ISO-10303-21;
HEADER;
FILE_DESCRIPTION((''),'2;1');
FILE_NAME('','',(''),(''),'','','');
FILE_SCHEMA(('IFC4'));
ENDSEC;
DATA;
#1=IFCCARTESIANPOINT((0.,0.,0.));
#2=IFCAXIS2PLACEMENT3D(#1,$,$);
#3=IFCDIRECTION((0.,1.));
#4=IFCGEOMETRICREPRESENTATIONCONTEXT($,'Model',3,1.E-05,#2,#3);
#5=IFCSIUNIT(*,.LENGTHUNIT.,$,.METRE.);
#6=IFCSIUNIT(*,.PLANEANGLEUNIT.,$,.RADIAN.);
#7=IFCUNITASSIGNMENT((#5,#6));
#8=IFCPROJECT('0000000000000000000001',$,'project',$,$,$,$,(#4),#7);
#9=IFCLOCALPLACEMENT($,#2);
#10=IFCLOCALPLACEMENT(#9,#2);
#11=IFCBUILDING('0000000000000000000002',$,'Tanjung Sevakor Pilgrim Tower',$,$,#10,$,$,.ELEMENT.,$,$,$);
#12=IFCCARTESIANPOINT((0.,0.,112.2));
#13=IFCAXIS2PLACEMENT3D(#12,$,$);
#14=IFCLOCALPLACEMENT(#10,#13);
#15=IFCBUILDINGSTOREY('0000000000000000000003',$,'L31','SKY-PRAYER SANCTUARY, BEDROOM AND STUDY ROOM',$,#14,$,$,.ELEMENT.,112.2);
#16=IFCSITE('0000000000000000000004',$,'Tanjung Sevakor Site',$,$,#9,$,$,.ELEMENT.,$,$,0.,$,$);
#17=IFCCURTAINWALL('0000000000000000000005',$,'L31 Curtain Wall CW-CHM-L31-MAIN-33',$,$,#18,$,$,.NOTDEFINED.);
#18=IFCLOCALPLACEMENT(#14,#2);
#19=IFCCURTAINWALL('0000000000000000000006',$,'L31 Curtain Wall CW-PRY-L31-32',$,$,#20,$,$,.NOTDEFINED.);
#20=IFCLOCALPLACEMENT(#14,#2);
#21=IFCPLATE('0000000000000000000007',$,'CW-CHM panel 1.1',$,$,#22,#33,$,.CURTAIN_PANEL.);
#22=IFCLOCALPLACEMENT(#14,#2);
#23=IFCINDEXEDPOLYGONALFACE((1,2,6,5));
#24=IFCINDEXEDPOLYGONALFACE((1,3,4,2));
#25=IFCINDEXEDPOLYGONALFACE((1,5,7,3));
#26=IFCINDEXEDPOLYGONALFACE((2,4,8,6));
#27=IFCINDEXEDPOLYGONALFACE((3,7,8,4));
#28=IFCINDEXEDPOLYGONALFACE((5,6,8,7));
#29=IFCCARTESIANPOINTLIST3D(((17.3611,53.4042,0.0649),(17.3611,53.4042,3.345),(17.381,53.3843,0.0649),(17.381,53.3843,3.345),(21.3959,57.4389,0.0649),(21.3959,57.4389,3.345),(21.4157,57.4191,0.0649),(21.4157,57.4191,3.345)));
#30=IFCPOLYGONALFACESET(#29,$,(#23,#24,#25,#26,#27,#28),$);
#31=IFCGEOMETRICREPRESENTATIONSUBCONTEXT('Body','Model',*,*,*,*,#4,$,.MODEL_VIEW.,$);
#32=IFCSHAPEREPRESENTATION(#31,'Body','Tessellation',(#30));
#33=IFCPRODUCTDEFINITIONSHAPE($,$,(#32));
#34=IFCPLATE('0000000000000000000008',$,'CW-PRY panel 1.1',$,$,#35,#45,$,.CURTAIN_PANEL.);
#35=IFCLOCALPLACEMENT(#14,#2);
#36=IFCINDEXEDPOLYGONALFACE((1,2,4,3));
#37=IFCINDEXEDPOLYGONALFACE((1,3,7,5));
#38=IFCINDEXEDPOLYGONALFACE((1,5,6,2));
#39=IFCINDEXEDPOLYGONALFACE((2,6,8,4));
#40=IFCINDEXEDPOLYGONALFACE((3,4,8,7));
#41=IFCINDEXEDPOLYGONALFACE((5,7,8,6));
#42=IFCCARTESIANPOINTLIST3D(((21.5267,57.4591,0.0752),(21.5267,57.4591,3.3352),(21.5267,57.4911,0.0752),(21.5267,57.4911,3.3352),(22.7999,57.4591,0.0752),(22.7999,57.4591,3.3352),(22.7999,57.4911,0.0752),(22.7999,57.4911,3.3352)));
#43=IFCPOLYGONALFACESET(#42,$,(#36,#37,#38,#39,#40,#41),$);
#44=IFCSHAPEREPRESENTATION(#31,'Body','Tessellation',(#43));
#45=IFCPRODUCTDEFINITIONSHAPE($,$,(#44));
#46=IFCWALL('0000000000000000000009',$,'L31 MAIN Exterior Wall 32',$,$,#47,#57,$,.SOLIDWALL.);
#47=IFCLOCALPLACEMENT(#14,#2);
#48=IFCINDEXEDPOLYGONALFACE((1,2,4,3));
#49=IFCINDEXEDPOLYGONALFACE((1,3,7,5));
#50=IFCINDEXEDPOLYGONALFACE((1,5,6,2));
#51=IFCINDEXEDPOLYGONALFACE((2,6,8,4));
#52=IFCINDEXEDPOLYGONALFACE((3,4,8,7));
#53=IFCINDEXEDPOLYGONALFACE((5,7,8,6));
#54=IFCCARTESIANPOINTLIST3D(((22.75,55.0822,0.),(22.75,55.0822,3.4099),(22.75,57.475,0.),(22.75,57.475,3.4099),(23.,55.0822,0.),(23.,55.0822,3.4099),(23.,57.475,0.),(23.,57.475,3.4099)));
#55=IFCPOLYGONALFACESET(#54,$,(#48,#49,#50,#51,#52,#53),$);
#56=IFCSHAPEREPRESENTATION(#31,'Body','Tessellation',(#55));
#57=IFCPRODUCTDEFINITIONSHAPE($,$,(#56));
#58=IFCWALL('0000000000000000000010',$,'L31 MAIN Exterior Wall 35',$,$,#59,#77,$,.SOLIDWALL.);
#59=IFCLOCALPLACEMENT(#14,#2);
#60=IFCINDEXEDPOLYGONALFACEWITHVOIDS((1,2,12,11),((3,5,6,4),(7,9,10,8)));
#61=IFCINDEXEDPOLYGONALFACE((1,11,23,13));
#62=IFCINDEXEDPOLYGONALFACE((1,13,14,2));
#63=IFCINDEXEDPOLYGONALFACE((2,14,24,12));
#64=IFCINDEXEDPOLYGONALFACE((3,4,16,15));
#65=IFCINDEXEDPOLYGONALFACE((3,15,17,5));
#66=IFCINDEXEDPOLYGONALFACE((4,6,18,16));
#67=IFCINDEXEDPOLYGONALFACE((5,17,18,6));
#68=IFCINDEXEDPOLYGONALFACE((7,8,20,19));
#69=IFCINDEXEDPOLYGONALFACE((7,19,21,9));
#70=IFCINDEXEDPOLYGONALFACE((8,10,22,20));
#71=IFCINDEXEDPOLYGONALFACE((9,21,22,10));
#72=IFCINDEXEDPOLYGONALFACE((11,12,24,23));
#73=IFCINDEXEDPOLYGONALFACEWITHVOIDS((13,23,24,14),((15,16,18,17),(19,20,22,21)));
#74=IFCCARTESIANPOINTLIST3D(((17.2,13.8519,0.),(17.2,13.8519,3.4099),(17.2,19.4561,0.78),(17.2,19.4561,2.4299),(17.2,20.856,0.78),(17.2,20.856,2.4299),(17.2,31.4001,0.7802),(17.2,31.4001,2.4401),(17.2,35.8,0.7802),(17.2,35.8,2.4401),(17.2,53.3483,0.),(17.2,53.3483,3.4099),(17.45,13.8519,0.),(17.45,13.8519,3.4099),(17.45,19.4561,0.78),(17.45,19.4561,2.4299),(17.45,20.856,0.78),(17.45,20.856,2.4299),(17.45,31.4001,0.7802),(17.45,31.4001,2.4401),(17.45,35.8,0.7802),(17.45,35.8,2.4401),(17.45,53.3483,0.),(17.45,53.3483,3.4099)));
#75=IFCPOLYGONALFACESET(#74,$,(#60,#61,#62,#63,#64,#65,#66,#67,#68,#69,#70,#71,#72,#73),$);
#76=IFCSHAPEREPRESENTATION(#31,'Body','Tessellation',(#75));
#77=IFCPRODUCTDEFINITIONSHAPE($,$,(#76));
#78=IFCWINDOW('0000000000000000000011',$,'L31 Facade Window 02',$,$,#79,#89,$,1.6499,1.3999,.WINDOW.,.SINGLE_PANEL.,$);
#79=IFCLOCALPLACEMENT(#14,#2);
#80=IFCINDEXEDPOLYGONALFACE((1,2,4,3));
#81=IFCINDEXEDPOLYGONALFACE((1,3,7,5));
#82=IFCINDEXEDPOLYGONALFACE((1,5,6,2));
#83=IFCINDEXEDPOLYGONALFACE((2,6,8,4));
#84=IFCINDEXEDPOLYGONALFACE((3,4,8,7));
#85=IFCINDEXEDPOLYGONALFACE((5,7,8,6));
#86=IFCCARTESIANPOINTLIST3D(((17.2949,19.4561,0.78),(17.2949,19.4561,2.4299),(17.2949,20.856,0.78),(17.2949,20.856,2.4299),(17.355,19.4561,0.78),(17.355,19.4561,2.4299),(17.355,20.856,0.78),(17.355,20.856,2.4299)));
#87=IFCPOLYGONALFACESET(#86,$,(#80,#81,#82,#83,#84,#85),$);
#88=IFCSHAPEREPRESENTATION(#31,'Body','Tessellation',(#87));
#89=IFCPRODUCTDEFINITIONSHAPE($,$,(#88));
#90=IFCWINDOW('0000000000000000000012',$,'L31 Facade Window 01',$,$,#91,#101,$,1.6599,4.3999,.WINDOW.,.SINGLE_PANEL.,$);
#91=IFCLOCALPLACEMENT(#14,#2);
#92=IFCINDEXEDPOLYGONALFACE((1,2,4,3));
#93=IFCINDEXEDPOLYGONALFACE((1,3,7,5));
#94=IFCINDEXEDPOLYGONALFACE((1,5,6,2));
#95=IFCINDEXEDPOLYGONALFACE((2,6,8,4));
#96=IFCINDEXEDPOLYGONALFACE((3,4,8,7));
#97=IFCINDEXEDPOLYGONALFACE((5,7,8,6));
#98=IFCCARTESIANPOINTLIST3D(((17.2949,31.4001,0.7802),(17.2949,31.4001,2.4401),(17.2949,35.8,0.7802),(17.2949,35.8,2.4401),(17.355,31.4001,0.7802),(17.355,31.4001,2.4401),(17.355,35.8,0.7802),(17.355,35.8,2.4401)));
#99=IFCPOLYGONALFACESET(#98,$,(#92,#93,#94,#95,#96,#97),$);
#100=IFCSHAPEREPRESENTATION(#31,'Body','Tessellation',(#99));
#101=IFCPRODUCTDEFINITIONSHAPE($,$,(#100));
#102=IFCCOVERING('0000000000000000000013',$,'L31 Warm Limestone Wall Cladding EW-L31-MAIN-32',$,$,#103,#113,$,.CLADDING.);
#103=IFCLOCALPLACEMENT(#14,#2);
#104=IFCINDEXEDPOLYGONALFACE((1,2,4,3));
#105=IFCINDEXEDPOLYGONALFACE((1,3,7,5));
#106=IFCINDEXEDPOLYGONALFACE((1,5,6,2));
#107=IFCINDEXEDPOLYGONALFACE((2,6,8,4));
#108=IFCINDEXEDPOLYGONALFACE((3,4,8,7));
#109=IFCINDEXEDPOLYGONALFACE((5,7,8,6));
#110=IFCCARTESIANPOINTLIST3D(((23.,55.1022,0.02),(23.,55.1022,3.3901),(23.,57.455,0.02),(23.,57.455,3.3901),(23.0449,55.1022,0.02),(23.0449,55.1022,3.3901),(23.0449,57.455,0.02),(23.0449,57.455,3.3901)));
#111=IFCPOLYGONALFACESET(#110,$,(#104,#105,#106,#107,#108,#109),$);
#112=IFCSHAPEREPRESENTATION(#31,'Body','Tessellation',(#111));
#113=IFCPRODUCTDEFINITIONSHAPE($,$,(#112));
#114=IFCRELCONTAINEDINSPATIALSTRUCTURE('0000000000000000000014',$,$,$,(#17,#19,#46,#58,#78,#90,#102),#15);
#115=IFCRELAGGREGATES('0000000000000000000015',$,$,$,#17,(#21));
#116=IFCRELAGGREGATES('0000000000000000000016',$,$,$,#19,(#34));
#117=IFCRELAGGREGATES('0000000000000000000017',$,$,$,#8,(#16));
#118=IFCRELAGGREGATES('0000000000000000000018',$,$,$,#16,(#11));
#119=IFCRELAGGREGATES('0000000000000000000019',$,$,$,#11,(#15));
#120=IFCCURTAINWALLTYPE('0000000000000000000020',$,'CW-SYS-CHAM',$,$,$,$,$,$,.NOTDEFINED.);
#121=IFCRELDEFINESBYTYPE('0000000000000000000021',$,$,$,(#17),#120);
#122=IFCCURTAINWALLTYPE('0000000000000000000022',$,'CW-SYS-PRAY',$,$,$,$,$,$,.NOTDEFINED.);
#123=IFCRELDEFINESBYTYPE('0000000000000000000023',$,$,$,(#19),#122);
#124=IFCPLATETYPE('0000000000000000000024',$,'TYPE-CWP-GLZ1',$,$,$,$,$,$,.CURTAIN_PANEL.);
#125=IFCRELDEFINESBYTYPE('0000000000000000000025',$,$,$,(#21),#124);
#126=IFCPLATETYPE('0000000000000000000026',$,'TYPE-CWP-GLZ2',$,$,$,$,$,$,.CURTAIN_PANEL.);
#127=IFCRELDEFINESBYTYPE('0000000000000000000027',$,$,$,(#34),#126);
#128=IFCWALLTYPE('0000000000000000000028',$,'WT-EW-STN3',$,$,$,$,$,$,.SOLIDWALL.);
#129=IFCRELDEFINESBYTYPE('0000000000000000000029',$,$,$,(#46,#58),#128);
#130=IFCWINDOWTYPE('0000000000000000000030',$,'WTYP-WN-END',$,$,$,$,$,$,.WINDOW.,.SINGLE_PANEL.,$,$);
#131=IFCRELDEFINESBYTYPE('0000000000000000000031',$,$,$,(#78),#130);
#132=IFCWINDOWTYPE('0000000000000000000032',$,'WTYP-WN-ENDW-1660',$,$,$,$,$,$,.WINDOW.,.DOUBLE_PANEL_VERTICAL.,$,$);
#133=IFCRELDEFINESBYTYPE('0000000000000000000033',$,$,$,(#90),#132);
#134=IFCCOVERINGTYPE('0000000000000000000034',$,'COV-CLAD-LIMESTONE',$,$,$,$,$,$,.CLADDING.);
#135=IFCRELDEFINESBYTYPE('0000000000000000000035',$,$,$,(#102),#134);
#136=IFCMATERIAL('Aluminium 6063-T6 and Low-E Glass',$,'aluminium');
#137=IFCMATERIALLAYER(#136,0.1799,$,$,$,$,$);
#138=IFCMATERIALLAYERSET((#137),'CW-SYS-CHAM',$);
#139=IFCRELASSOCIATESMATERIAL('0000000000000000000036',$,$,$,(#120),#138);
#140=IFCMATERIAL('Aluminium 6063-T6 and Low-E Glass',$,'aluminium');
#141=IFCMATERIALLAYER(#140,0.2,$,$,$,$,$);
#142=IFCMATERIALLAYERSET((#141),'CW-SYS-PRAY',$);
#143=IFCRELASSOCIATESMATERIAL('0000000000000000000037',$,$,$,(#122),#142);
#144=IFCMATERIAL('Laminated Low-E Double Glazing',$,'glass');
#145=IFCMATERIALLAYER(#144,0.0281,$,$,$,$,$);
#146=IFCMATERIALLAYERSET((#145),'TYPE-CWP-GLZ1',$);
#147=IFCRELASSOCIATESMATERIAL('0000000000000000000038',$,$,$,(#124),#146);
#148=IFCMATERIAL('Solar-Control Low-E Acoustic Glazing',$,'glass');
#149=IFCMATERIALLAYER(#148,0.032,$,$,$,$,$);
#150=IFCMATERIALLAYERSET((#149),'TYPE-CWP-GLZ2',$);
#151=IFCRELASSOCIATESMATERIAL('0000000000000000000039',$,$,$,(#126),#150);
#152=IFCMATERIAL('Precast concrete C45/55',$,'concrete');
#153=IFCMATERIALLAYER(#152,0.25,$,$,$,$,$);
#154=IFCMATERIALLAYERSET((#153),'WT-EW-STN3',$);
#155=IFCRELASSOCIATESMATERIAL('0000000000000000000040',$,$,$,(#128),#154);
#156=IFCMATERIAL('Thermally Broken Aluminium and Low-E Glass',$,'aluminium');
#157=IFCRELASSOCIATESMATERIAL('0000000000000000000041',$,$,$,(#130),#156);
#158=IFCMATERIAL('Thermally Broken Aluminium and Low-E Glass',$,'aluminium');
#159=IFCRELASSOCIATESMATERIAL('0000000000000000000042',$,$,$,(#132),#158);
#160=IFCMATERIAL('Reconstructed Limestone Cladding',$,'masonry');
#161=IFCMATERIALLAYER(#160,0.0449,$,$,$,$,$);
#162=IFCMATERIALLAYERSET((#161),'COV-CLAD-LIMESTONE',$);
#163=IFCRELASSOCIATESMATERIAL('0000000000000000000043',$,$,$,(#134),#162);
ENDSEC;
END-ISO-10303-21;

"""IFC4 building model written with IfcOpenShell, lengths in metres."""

from ifc_helpers import new_model, si_unit, direction, frame, frame_2d, origin, origin_2d, place, context, subcontext, project, spatial, rectangle, extrude, material, layer, layer_set, type_object, element, fill, aggregate, save


model = new_model("IFC4")

# Units and contexts
model_context = context("Model", 3, precision=1e-05, world=origin(), true_north=direction((0.0, 1.0)))
body_context = subcontext(model_context, "Body", "Model", "MODEL_VIEW")
ifc_project = project(units=[si_unit("LENGTHUNIT", "METRE"), si_unit("PLANEANGLEUNIT", "RADIAN")], contexts=[model_context])

# Site, building, storey
site_placement = place(None, origin())
site = spatial("IfcSite", under=ifc_project, at=site_placement, Name="Tanjung Sevakor Site", CompositionType="ELEMENT", RefElevation=0.0)
building_placement = place(site_placement, origin())
building = spatial("IfcBuilding", under=site, at=building_placement, Name="Tanjung Sevakor Pilgrim Tower", CompositionType="ELEMENT")
storey_placement = place(building_placement, frame((0.0, 0.0, 112.2)))
storey = spatial("IfcBuildingStorey", under=building, at=storey_placement, Name="L31", Description="SKY-PRAYER SANCTUARY, BEDROOM AND STUDY ROOM", CompositionType="ELEMENT", Elevation=112.2)

# Curtain wall
ifc_material_1 = material(Name="Aluminium 6063-T6 and Low-E Glass", Category="aluminium")
ifc_layer_1 = layer(ifc_material_1, 0.1799)
ifc_layer_set_1 = layer_set([ifc_layer_1], Name="CW-SYS-CHAM")
curtain_wall_type_1 = type_object("IfcCurtainWallType", Name="CW-SYS-CHAM", PredefinedType="NOTDEFINED", material=ifc_layer_set_1)
curtain_wall_1_placement = place(storey_placement, origin())
curtain_wall_1 = element("IfcCurtainWall", 1, at=curtain_wall_1_placement, inside=storey, type_object=curtain_wall_type_1, Name="L31 Curtain Wall CW-CHM-L31-MAIN-33", PredefinedType="NOTDEFINED")

# Shared definitions
ifc_material_2 = material(Name="Aluminium 6063-T6 and Low-E Glass", Category="aluminium")
ifc_layer_2 = layer(ifc_material_2, 0.2)
ifc_layer_set_2 = layer_set([ifc_layer_2], Name="CW-SYS-PRAY")
curtain_wall_type_2 = type_object("IfcCurtainWallType", Name="CW-SYS-PRAY", PredefinedType="NOTDEFINED", material=ifc_layer_set_2)

# Curtain wall
curtain_wall_2_placement = place(storey_placement, origin())
curtain_wall_2 = element("IfcCurtainWall", 2, at=curtain_wall_2_placement, inside=storey, type_object=curtain_wall_type_2, Name="L31 Curtain Wall CW-PRY-L31-32", PredefinedType="NOTDEFINED")

# Plates
ifc_material_3 = material(Name="Laminated Low-E Double Glazing", Category="glass")
ifc_layer_3 = layer(ifc_material_3, 0.0281)
ifc_layer_set_3 = layer_set([ifc_layer_3], Name="TYPE-CWP-GLZ1")
plate_type_1 = type_object("IfcPlateType", Name="TYPE-CWP-GLZ1", PredefinedType="CURTAIN_PANEL", material=ifc_layer_set_3)
plate_1_placement = place(storey_placement, frame((19.3884, 55.4116, 0.0649), z_axis=(0.0, 0.0, 1.0), x_axis=(-0.707107, -0.707107, 0.0)))
plate_1 = element("IfcPlate", 3, at=plate_1_placement, type_object=plate_type_1, Name="CW-CHM panel 1.1", PredefinedType="CURTAIN_PANEL", context=body_context, shape_type="SweptSolid", body=[
    extrude(rectangle(XDim=5.7061, YDim=0.0281, at=origin_2d()), origin(), (0.0, 0.0, 1.0), 3.28),
])
aggregate(curtain_wall_1, [plate_1])
ifc_material_4 = material(Name="Solar-Control Low-E Acoustic Glazing", Category="glass")
ifc_layer_4 = layer(ifc_material_4, 0.032)
ifc_layer_set_4 = layer_set([ifc_layer_4], Name="TYPE-CWP-GLZ2")
plate_type_2 = type_object("IfcPlateType", Name="TYPE-CWP-GLZ2", PredefinedType="CURTAIN_PANEL", material=ifc_layer_set_4)
plate_2_placement = place(storey_placement, frame((22.1633, 57.4751, 0.0752), z_axis=(0.0, 0.0, 1.0), x_axis=(-1.0, 0.0, 0.0)))
plate_2 = element("IfcPlate", 4, at=plate_2_placement, type_object=plate_type_2, Name="CW-PRY panel 1.1", PredefinedType="CURTAIN_PANEL", context=body_context, shape_type="SweptSolid", body=[
    extrude(rectangle(XDim=1.2732, YDim=0.032, at=origin_2d()), origin(), (0.0, 0.0, 1.0), 3.26),
])
aggregate(curtain_wall_2, [plate_2])

# Wall
ifc_material_5 = material(Name="Precast concrete C45/55", Category="concrete")
ifc_layer_5 = layer(ifc_material_5, 0.25)
ifc_layer_set_5 = layer_set([ifc_layer_5], Name="WT-EW-STN3")
wall_type = type_object("IfcWallType", Name="WT-EW-STN3", PredefinedType="SOLIDWALL", material=ifc_layer_set_5)
wall_1_placement = place(storey_placement, frame((22.875, 55.0823, 0.0), z_axis=(0.0, 0.0, 1.0), x_axis=(0.0, 1.0, 0.0)))
element("IfcWall", 5, at=wall_1_placement, inside=storey, type_object=wall_type, Name="L31 MAIN Exterior Wall 32", PredefinedType="SOLIDWALL", context=body_context, shape_type="SweptSolid", body=[
    extrude(rectangle(XDim=2.3928, YDim=0.25, at=frame_2d((1.1963, 0.0))), origin(), (0.0, 0.0, 1.0), 3.4099),
])

# Wall, openings, windows
wall_2_placement = place(storey_placement, frame((17.325, 53.3481, 0.0), z_axis=(0.0, 0.0, 1.0), x_axis=(0.0, -1.0, 0.0)))
wall_2 = element("IfcWall", 6, at=wall_2_placement, inside=storey, type_object=wall_type, Name="L31 MAIN Exterior Wall 35", PredefinedType="SOLIDWALL", context=body_context, shape_type="SweptSolid", body=[
    extrude(rectangle(XDim=39.4963, YDim=0.25, at=frame_2d((19.748, 0.0))), origin(), (0.0, 0.0, 1.0), 3.4099),
])
opening_1_placement = place(wall_2_placement, frame((17.5481, 0.0, 0.78)))
opening_1 = element("IfcOpeningElement", 7, at=opening_1_placement, cuts=wall_2, PredefinedType="OPENING", context=body_context, shape_type="SweptSolid", body=[
    extrude(rectangle(XDim=4.3999, YDim=1.6599, at=frame_2d((2.2, 0.8301))), frame((0.0, 0.135, 0.0), z_axis=(0.0, -1.0, 0.0), x_axis=(1.0, 0.0, 0.0)), (0.0, 0.0, 1.0), 0.27),
])
opening_2_placement = place(wall_2_placement, frame((32.4922, 0.0, 0.78)))
opening_2 = element("IfcOpeningElement", 8, at=opening_2_placement, cuts=wall_2, PredefinedType="OPENING", context=body_context, shape_type="SweptSolid", body=[
    extrude(rectangle(XDim=1.3999, YDim=1.6499, at=frame_2d((0.7, 0.825))), frame((0.0, 0.135, 0.0), z_axis=(0.0, -1.0, 0.0), x_axis=(1.0, 0.0, 0.0)), (0.0, 0.0, 1.0), 0.27),
])
ifc_material_6 = material(Name="Thermally Broken Aluminium and Low-E Glass", Category="aluminium")
window_type_1 = type_object("IfcWindowType", Name="WTYP-WN-END", PartitioningType="SINGLE_PANEL", PredefinedType="WINDOW", material=ifc_material_6)
window_1_placement = place(opening_2_placement, origin())
window_1 = element("IfcWindow", 9, at=window_1_placement, inside=storey, type_object=window_type_1, Name="L31 Facade Window 02", OverallHeight=1.6499, OverallWidth=1.3999, PartitioningType="SINGLE_PANEL", PredefinedType="WINDOW", context=body_context, shape_type="SweptSolid", body=[
    extrude(rectangle(XDim=1.3999, YDim=1.6499, at=frame_2d((0.7, 0.825))), frame((0.0, 0.03, 0.0), z_axis=(0.0, -1.0, 0.0), x_axis=(1.0, 0.0, 0.0)), (0.0, 0.0, 1.0), 0.0601),
])
fill(opening_2, window_1)
ifc_material_7 = material(Name="Thermally Broken Aluminium and Low-E Glass", Category="aluminium")
window_type_2 = type_object("IfcWindowType", Name="WTYP-WN-ENDW-1660", PartitioningType="DOUBLE_PANEL_VERTICAL", PredefinedType="WINDOW", material=ifc_material_7)
window_2_placement = place(opening_1_placement, origin())
window_2 = element("IfcWindow", 10, at=window_2_placement, inside=storey, type_object=window_type_2, Name="L31 Facade Window 01", OverallHeight=1.6599, OverallWidth=4.3999, PartitioningType="SINGLE_PANEL", PredefinedType="WINDOW", context=body_context, shape_type="SweptSolid", body=[
    extrude(rectangle(XDim=4.3999, YDim=1.6599, at=frame_2d((2.2, 0.8301))), frame((0.0, 0.03, 0.0), z_axis=(0.0, -1.0, 0.0), x_axis=(1.0, 0.0, 0.0)), (0.0, 0.0, 1.0), 0.0601),
])
fill(opening_1, window_2)

# Covering
ifc_material_8 = material(Name="Reconstructed Limestone Cladding", Category="masonry")
ifc_layer_6 = layer(ifc_material_8, 0.0449)
ifc_layer_set_6 = layer_set([ifc_layer_6], Name="COV-CLAD-LIMESTONE")
covering_type = type_object("IfcCoveringType", Name="COV-CLAD-LIMESTONE", PredefinedType="CLADDING", material=ifc_layer_set_6)
covering_placement = place(storey_placement, frame((23.0225, 56.2786, 0.02), z_axis=(0.0, 0.0, 1.0), x_axis=(0.0, 1.0, 0.0)))
element("IfcCovering", 11, at=covering_placement, inside=storey, type_object=covering_type, Name="L31 Warm Limestone Wall Cladding EW-L31-MAIN-32", PredefinedType="CLADDING", context=body_context, shape_type="SweptSolid", body=[
    extrude(rectangle(XDim=2.3528, YDim=0.0449, at=origin_2d()), origin(), (0.0, 0.0, 1.0), 3.3701),
])

save(model, "model.ifc")
